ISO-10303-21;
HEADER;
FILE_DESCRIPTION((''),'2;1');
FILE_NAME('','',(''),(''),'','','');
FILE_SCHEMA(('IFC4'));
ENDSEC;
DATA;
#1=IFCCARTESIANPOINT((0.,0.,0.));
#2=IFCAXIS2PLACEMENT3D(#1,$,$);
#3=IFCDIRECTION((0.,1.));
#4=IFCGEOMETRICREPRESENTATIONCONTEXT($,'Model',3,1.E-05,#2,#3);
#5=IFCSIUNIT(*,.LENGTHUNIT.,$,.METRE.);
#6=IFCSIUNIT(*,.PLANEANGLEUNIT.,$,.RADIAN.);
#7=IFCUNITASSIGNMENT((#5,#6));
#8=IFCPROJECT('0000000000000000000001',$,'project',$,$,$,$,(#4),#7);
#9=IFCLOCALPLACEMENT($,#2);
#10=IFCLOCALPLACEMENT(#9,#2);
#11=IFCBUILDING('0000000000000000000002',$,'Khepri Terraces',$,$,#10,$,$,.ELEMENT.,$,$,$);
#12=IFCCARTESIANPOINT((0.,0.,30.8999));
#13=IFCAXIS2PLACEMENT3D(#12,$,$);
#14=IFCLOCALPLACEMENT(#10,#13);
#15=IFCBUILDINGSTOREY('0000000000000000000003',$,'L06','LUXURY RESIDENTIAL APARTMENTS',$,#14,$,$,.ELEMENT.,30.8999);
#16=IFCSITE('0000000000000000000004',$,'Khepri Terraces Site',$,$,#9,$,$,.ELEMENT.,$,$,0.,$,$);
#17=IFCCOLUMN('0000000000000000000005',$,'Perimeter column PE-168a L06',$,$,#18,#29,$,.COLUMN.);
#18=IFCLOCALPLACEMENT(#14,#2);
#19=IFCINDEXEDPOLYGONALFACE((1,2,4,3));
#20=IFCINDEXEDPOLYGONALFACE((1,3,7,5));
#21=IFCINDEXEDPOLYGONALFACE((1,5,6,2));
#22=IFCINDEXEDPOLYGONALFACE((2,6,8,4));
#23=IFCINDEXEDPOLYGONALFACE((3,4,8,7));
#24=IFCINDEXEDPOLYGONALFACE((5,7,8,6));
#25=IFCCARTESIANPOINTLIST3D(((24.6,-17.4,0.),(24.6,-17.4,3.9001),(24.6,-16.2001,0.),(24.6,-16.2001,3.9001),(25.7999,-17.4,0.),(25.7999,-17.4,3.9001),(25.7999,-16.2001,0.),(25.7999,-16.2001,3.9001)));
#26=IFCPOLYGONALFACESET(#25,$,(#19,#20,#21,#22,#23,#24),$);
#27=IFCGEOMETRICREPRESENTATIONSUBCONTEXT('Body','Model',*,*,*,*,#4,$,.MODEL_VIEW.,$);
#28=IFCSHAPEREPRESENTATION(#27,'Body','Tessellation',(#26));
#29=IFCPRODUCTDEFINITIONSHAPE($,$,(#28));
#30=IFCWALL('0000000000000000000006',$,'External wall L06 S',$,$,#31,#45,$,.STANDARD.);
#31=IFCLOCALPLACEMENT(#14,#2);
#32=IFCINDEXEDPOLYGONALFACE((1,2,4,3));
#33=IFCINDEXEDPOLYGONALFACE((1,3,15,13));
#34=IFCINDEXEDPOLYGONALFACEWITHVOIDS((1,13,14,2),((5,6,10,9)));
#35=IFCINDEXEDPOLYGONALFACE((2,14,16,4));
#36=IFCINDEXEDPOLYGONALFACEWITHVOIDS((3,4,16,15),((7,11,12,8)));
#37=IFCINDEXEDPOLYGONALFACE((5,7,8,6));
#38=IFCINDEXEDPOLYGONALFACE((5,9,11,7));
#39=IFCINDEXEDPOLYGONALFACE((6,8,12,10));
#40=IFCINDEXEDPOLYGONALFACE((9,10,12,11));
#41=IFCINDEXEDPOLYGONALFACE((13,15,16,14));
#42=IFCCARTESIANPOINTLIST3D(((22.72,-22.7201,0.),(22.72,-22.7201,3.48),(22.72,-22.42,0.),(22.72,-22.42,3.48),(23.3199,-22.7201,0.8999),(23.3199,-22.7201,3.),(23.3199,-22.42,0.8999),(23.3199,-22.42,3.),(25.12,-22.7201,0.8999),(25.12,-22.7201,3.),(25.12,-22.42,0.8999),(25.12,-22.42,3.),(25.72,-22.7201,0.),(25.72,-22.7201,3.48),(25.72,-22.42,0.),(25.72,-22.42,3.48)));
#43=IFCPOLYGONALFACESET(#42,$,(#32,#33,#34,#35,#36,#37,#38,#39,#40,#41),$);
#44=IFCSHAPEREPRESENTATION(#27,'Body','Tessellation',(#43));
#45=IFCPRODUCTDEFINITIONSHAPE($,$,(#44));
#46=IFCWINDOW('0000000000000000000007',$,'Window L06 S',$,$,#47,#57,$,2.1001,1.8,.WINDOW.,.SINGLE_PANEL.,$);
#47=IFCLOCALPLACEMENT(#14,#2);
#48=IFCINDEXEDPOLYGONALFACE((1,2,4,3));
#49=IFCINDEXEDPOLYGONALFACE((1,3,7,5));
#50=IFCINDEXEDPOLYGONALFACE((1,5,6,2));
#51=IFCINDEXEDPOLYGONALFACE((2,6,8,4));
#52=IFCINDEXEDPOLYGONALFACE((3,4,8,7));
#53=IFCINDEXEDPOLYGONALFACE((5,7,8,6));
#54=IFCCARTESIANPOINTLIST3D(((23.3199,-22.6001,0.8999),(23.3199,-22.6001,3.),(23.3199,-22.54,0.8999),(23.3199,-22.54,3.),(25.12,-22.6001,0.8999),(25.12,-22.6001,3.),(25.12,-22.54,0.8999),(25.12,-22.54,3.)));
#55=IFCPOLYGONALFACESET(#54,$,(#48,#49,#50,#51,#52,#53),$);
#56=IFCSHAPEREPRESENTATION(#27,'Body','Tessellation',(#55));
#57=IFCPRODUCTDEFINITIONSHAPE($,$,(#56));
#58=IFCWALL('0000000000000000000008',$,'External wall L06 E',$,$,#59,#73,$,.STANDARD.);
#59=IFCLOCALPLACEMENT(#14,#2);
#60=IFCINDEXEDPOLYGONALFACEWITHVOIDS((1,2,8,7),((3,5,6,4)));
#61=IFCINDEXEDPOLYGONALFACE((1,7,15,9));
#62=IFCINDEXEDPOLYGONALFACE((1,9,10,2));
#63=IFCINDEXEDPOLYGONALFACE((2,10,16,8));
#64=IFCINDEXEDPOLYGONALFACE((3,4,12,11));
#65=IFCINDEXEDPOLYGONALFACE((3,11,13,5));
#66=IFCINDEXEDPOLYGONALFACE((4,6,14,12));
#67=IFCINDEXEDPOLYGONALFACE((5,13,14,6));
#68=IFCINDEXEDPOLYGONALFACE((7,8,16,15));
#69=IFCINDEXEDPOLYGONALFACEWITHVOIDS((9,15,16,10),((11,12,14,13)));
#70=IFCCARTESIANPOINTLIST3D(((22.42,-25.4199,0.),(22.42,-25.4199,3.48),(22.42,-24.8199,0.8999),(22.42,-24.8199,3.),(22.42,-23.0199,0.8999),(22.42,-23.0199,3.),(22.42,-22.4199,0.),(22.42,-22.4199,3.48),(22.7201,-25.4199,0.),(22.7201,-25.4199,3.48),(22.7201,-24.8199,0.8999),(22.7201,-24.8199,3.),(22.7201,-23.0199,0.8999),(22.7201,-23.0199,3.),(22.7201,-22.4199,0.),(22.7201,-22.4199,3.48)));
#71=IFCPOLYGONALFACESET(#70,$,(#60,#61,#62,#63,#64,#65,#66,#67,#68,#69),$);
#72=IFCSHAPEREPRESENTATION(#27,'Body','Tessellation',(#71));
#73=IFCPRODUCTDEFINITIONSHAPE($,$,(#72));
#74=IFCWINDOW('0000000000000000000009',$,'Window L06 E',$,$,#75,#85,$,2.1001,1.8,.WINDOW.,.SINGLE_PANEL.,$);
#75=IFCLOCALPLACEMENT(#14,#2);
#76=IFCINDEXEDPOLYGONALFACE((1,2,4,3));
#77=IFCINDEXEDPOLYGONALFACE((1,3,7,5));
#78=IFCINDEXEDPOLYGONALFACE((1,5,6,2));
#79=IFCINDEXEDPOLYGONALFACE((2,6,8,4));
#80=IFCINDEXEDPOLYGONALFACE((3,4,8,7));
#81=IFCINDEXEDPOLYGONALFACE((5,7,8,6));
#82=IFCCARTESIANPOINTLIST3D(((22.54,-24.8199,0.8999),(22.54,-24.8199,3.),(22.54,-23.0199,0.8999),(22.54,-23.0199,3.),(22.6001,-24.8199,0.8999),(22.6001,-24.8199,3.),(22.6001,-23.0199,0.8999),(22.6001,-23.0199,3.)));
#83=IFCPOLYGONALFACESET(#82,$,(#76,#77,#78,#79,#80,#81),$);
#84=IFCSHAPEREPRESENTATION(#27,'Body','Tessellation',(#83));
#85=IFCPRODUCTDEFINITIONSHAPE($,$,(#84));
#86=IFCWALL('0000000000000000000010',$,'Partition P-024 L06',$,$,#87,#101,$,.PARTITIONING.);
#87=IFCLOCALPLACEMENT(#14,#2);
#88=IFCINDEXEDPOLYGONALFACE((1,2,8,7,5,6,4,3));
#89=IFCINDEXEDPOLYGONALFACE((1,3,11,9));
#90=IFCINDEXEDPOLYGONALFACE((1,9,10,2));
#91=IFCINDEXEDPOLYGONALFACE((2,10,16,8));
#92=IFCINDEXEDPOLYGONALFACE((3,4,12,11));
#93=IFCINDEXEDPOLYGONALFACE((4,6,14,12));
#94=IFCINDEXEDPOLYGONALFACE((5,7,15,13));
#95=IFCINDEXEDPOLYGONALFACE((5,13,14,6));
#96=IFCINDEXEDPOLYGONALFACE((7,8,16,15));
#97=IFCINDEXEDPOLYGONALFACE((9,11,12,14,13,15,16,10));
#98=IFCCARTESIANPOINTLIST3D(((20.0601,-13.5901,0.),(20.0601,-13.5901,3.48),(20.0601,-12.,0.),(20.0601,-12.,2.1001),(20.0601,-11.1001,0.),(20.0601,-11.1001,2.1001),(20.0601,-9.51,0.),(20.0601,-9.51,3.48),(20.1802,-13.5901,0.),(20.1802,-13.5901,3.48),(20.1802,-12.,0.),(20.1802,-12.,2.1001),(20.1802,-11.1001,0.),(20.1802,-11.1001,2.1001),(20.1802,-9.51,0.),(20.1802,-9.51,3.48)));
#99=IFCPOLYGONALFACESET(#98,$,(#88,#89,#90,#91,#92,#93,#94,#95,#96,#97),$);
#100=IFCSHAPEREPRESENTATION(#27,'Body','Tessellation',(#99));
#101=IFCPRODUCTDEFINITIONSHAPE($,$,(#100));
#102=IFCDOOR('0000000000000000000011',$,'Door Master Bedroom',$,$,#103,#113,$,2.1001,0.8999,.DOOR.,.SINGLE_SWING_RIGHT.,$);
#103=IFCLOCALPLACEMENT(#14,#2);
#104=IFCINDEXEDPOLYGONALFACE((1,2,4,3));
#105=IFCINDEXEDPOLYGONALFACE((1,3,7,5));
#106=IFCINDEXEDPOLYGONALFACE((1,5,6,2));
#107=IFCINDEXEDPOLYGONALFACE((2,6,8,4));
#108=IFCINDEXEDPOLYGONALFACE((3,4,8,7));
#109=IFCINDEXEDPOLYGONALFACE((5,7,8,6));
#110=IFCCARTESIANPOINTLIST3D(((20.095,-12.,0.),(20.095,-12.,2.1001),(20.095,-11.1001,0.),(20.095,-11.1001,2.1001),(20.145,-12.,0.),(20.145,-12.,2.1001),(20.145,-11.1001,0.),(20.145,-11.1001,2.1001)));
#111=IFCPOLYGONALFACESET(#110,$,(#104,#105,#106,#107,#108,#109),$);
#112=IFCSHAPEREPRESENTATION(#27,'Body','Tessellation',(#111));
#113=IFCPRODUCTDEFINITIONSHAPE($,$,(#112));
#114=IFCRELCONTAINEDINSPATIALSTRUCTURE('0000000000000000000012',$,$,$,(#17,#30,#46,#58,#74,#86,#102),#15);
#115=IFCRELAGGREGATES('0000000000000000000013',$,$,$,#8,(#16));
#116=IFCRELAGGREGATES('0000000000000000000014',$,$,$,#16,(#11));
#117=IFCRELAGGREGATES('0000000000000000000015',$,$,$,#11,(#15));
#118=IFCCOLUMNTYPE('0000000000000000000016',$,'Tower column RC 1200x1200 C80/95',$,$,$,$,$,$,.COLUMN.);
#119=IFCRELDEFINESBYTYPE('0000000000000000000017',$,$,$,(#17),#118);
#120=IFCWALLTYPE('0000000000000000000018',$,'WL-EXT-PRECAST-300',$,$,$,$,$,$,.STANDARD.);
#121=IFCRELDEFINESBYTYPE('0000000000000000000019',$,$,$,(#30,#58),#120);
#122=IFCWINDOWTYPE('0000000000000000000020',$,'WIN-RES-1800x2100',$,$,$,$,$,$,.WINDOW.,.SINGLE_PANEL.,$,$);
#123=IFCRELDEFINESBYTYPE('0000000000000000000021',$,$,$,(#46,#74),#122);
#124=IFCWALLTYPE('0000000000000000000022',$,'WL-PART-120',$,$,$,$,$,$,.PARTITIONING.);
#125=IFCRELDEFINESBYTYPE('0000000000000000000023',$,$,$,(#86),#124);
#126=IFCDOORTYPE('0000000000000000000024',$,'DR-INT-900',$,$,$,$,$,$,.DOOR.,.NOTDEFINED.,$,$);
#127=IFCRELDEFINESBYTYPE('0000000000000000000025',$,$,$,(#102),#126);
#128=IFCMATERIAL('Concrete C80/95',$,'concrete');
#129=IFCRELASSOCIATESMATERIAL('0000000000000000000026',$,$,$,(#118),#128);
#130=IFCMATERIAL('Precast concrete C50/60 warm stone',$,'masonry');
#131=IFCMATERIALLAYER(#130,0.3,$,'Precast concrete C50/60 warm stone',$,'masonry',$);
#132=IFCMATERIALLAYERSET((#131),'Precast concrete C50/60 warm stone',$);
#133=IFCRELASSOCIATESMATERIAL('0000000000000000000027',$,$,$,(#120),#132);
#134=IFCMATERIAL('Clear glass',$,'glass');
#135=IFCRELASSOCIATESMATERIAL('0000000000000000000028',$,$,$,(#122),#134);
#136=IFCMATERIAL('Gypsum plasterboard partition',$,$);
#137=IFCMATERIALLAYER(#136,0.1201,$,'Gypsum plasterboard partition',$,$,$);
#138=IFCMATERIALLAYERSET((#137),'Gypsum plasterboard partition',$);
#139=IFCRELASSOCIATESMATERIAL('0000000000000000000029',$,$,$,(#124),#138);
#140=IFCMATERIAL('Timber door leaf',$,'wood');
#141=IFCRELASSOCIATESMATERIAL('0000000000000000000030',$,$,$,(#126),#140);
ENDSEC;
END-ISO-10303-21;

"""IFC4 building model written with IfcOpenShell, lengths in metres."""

from ifc_helpers import new_model, si_unit, direction, frame, frame_2d, origin, origin_2d, place, context, subcontext, project, spatial, rectangle, extrude, material, layer, layer_set, material_profile, profile_set, type_object, element, fill, save


model = new_model("IFC4")

# Units and contexts
model_context = context("Model", 3, precision=1e-05, world=origin(), true_north=direction((0.0, 1.0)))
body_context = subcontext(model_context, "Body", "Model", "MODEL_VIEW")
ifc_project = project(units=[si_unit("LENGTHUNIT", "METRE"), si_unit("PLANEANGLEUNIT", "RADIAN")], contexts=[model_context])

# Site, building, storey
site_placement = place(None, origin())
site = spatial("IfcSite", under=ifc_project, at=site_placement, Name="Khepri Terraces Site", CompositionType="ELEMENT", RefElevation=0.0)
building_placement = place(site_placement, origin())
building = spatial("IfcBuilding", under=site, at=building_placement, Name="Khepri Terraces", CompositionType="ELEMENT")
storey_placement = place(building_placement, frame((0.0, 0.0, 30.8999)))
storey = spatial("IfcBuildingStorey", under=building, at=storey_placement, Name="L06", Description="LUXURY RESIDENTIAL APARTMENTS", CompositionType="ELEMENT", Elevation=30.8999)

# Column
ifc_material_1 = material(Name="Concrete C80/95", Category="concrete")
ifc_material_profile = material_profile(ifc_material_1, rectangle(XDim=1.2, YDim=1.2, at=origin_2d()), Name="Concrete C80/95", Category="concrete")
ifc_profile_set = profile_set([ifc_material_profile], Name="Concrete C80/95")
column_type = type_object("IfcColumnType", Name="Tower column RC 1200x1200 C80/95", PredefinedType="COLUMN", material=ifc_profile_set)
column_placement = place(storey_placement, frame((25.2, -16.8, 0.0), z_axis=(0.0, 0.0, 1.0), x_axis=(1.0, 0.0, 0.0)))
element("IfcColumn", 1, at=column_placement, inside=storey, type_object=column_type, Name="Perimeter column PE-168a L06", PredefinedType="COLUMN", context=body_context, shape_type="SweptSolid", body=[
    extrude(rectangle(XDim=1.2, YDim=1.2, at=origin_2d()), origin(), (0.0, 0.0, 1.0), 3.9001),
])

# Wall, opening, window
ifc_material_2 = material(Name="Precast concrete C50/60 warm stone", Category="masonry")
ifc_layer_1 = layer(ifc_material_2, 0.3, Name="Precast concrete C50/60 warm stone", Category="masonry")
ifc_layer_set_1 = layer_set([ifc_layer_1], Name="Precast concrete C50/60 warm stone")
wall_type_1 = type_object("IfcWallType", Name="WL-EXT-PRECAST-300", PredefinedType="STANDARD", material=ifc_layer_set_1)
wall_1_placement = place(storey_placement, frame((22.72, -22.5701, 0.0), z_axis=(0.0, 0.0, 1.0), x_axis=(1.0, 0.0, 0.0)))
wall_1 = element("IfcWall", 2, at=wall_1_placement, inside=storey, type_object=wall_type_1, Name="External wall L06 S", PredefinedType="STANDARD", context=body_context, shape_type="SweptSolid", body=[
    extrude(rectangle(XDim=3.0, YDim=0.3, at=frame_2d((1.5, 0.0))), origin(), (0.0, 0.0, 1.0), 3.48),
])
opening_1_placement = place(wall_1_placement, frame((0.6001, 0.0, 0.8999)))
opening_1 = element("IfcOpeningElement", 3, at=opening_1_placement, cuts=wall_1, PredefinedType="OPENING", context=body_context, shape_type="SweptSolid", body=[
    extrude(rectangle(XDim=1.8, YDim=2.1001, at=frame_2d((0.8999, 1.05))), frame((0.0, 0.1602, 0.0), z_axis=(0.0, -1.0, 0.0), x_axis=(1.0, 0.0, 0.0)), (0.0, 0.0, 1.0), 0.3201),
])
ifc_material_3 = material(Name="Clear glass", Category="glass")
window_type = type_object("IfcWindowType", Name="WIN-RES-1800x2100", PartitioningType="SINGLE_PANEL", PredefinedType="WINDOW", material=ifc_material_3)
window_1_placement = place(opening_1_placement, origin())
window_1 = element("IfcWindow", 4, at=window_1_placement, inside=storey, type_object=window_type, Name="Window L06 S", OverallHeight=2.1001, OverallWidth=1.8, PartitioningType="SINGLE_PANEL", PredefinedType="WINDOW", context=body_context, shape_type="SweptSolid", body=[
    extrude(rectangle(XDim=1.8, YDim=2.1001, at=frame_2d((0.8999, 1.05))), frame((0.0, 0.03, 0.0), z_axis=(0.0, -1.0, 0.0), x_axis=(1.0, 0.0, 0.0)), (0.0, 0.0, 1.0), 0.0601),
])
fill(opening_1, window_1)

# Wall, opening, window
wall_2_placement = place(storey_placement, frame((22.5701, -25.4199, 0.0), z_axis=(0.0, 0.0, 1.0), x_axis=(0.0, 1.0, 0.0)))
wall_2 = element("IfcWall", 5, at=wall_2_placement, inside=storey, type_object=wall_type_1, Name="External wall L06 E", PredefinedType="STANDARD", context=body_context, shape_type="SweptSolid", body=[
    extrude(rectangle(XDim=3.0, YDim=0.3, at=frame_2d((1.5, 0.0))), origin(), (0.0, 0.0, 1.0), 3.48),
])
opening_2_placement = place(wall_2_placement, frame((0.6001, 0.0, 0.8999)))
opening_2 = element("IfcOpeningElement", 6, at=opening_2_placement, cuts=wall_2, PredefinedType="OPENING", context=body_context, shape_type="SweptSolid", body=[
    extrude(rectangle(XDim=1.8, YDim=2.1001, at=frame_2d((0.8999, 1.05))), frame((0.0, 0.1602, 0.0), z_axis=(0.0, -1.0, 0.0), x_axis=(1.0, 0.0, 0.0)), (0.0, 0.0, 1.0), 0.3201),
])
window_2_placement = place(opening_2_placement, origin())
window_2 = element("IfcWindow", 7, at=window_2_placement, inside=storey, type_object=window_type, Name="Window L06 E", OverallHeight=2.1001, OverallWidth=1.8, PartitioningType="SINGLE_PANEL", PredefinedType="WINDOW", context=body_context, shape_type="SweptSolid", body=[
    extrude(rectangle(XDim=1.8, YDim=2.1001, at=frame_2d((0.8999, 1.05))), frame((0.0, 0.03, 0.0), z_axis=(0.0, -1.0, 0.0), x_axis=(1.0, 0.0, 0.0)), (0.0, 0.0, 1.0), 0.0601),
])
fill(opening_2, window_2)

# Wall, opening, door
ifc_material_4 = material(Name="Gypsum plasterboard partition")
ifc_layer_2 = layer(ifc_material_4, 0.1201, Name="Gypsum plasterboard partition")
ifc_layer_set_2 = layer_set([ifc_layer_2], Name="Gypsum plasterboard partition")
wall_type_2 = type_object("IfcWallType", Name="WL-PART-120", PredefinedType="PARTITIONING", material=ifc_layer_set_2)
wall_3_placement = place(storey_placement, frame((20.1201, -13.5901, 0.0), z_axis=(0.0, 0.0, 1.0), x_axis=(0.0, 1.0, 0.0)))
wall_3 = element("IfcWall", 8, at=wall_3_placement, inside=storey, type_object=wall_type_2, Name="Partition P-024 L06", PredefinedType="PARTITIONING", context=body_context, shape_type="SweptSolid", body=[
    extrude(rectangle(XDim=4.0801, YDim=0.1201, at=frame_2d((2.04, 0.0))), origin(), (0.0, 0.0, 1.0), 3.48),
])
opening_3_placement = place(wall_3_placement, frame((1.5901, 0.0, 0.0)))
opening_3 = element("IfcOpeningElement", 9, at=opening_3_placement, cuts=wall_3, PredefinedType="OPENING", context=body_context, shape_type="SweptSolid", body=[
    extrude(rectangle(XDim=0.8999, YDim=2.1001, at=frame_2d((0.45, 1.05))), frame((0.0, 0.0701, 0.0), z_axis=(0.0, -1.0, 0.0), x_axis=(1.0, 0.0, 0.0)), (0.0, 0.0, 1.0), 0.1401),
])
ifc_material_5 = material(Name="Timber door leaf", Category="wood")
door_type_1 = type_object("IfcDoorType", Name="DR-INT-900", OperationType="NOTDEFINED", PredefinedType="DOOR", material=ifc_material_5)
door_1_placement = place(opening_3_placement, frame((0.8999, 0.0, 0.0), z_axis=(0.0, 0.0, 1.0), x_axis=(-1.0, 0.0, 0.0)))
door_1 = element("IfcDoor", 10, at=door_1_placement, inside=storey, type_object=door_type_1, Name="Door Master Bedroom", OperationType="SINGLE_SWING_RIGHT", OverallHeight=2.1001, OverallWidth=0.8999, PredefinedType="DOOR", context=body_context, shape_type="SweptSolid", body=[
    extrude(rectangle(XDim=0.8999, YDim=2.1001, at=frame_2d((0.45, 1.05))), frame((0.0, 0.0249, 0.0), z_axis=(0.0, -1.0, 0.0), x_axis=(1.0, 0.0, 0.0)), (0.0, 0.0, 1.0), 0.05),
])
fill(opening_3, door_1)

save(model, "model.ifc")
